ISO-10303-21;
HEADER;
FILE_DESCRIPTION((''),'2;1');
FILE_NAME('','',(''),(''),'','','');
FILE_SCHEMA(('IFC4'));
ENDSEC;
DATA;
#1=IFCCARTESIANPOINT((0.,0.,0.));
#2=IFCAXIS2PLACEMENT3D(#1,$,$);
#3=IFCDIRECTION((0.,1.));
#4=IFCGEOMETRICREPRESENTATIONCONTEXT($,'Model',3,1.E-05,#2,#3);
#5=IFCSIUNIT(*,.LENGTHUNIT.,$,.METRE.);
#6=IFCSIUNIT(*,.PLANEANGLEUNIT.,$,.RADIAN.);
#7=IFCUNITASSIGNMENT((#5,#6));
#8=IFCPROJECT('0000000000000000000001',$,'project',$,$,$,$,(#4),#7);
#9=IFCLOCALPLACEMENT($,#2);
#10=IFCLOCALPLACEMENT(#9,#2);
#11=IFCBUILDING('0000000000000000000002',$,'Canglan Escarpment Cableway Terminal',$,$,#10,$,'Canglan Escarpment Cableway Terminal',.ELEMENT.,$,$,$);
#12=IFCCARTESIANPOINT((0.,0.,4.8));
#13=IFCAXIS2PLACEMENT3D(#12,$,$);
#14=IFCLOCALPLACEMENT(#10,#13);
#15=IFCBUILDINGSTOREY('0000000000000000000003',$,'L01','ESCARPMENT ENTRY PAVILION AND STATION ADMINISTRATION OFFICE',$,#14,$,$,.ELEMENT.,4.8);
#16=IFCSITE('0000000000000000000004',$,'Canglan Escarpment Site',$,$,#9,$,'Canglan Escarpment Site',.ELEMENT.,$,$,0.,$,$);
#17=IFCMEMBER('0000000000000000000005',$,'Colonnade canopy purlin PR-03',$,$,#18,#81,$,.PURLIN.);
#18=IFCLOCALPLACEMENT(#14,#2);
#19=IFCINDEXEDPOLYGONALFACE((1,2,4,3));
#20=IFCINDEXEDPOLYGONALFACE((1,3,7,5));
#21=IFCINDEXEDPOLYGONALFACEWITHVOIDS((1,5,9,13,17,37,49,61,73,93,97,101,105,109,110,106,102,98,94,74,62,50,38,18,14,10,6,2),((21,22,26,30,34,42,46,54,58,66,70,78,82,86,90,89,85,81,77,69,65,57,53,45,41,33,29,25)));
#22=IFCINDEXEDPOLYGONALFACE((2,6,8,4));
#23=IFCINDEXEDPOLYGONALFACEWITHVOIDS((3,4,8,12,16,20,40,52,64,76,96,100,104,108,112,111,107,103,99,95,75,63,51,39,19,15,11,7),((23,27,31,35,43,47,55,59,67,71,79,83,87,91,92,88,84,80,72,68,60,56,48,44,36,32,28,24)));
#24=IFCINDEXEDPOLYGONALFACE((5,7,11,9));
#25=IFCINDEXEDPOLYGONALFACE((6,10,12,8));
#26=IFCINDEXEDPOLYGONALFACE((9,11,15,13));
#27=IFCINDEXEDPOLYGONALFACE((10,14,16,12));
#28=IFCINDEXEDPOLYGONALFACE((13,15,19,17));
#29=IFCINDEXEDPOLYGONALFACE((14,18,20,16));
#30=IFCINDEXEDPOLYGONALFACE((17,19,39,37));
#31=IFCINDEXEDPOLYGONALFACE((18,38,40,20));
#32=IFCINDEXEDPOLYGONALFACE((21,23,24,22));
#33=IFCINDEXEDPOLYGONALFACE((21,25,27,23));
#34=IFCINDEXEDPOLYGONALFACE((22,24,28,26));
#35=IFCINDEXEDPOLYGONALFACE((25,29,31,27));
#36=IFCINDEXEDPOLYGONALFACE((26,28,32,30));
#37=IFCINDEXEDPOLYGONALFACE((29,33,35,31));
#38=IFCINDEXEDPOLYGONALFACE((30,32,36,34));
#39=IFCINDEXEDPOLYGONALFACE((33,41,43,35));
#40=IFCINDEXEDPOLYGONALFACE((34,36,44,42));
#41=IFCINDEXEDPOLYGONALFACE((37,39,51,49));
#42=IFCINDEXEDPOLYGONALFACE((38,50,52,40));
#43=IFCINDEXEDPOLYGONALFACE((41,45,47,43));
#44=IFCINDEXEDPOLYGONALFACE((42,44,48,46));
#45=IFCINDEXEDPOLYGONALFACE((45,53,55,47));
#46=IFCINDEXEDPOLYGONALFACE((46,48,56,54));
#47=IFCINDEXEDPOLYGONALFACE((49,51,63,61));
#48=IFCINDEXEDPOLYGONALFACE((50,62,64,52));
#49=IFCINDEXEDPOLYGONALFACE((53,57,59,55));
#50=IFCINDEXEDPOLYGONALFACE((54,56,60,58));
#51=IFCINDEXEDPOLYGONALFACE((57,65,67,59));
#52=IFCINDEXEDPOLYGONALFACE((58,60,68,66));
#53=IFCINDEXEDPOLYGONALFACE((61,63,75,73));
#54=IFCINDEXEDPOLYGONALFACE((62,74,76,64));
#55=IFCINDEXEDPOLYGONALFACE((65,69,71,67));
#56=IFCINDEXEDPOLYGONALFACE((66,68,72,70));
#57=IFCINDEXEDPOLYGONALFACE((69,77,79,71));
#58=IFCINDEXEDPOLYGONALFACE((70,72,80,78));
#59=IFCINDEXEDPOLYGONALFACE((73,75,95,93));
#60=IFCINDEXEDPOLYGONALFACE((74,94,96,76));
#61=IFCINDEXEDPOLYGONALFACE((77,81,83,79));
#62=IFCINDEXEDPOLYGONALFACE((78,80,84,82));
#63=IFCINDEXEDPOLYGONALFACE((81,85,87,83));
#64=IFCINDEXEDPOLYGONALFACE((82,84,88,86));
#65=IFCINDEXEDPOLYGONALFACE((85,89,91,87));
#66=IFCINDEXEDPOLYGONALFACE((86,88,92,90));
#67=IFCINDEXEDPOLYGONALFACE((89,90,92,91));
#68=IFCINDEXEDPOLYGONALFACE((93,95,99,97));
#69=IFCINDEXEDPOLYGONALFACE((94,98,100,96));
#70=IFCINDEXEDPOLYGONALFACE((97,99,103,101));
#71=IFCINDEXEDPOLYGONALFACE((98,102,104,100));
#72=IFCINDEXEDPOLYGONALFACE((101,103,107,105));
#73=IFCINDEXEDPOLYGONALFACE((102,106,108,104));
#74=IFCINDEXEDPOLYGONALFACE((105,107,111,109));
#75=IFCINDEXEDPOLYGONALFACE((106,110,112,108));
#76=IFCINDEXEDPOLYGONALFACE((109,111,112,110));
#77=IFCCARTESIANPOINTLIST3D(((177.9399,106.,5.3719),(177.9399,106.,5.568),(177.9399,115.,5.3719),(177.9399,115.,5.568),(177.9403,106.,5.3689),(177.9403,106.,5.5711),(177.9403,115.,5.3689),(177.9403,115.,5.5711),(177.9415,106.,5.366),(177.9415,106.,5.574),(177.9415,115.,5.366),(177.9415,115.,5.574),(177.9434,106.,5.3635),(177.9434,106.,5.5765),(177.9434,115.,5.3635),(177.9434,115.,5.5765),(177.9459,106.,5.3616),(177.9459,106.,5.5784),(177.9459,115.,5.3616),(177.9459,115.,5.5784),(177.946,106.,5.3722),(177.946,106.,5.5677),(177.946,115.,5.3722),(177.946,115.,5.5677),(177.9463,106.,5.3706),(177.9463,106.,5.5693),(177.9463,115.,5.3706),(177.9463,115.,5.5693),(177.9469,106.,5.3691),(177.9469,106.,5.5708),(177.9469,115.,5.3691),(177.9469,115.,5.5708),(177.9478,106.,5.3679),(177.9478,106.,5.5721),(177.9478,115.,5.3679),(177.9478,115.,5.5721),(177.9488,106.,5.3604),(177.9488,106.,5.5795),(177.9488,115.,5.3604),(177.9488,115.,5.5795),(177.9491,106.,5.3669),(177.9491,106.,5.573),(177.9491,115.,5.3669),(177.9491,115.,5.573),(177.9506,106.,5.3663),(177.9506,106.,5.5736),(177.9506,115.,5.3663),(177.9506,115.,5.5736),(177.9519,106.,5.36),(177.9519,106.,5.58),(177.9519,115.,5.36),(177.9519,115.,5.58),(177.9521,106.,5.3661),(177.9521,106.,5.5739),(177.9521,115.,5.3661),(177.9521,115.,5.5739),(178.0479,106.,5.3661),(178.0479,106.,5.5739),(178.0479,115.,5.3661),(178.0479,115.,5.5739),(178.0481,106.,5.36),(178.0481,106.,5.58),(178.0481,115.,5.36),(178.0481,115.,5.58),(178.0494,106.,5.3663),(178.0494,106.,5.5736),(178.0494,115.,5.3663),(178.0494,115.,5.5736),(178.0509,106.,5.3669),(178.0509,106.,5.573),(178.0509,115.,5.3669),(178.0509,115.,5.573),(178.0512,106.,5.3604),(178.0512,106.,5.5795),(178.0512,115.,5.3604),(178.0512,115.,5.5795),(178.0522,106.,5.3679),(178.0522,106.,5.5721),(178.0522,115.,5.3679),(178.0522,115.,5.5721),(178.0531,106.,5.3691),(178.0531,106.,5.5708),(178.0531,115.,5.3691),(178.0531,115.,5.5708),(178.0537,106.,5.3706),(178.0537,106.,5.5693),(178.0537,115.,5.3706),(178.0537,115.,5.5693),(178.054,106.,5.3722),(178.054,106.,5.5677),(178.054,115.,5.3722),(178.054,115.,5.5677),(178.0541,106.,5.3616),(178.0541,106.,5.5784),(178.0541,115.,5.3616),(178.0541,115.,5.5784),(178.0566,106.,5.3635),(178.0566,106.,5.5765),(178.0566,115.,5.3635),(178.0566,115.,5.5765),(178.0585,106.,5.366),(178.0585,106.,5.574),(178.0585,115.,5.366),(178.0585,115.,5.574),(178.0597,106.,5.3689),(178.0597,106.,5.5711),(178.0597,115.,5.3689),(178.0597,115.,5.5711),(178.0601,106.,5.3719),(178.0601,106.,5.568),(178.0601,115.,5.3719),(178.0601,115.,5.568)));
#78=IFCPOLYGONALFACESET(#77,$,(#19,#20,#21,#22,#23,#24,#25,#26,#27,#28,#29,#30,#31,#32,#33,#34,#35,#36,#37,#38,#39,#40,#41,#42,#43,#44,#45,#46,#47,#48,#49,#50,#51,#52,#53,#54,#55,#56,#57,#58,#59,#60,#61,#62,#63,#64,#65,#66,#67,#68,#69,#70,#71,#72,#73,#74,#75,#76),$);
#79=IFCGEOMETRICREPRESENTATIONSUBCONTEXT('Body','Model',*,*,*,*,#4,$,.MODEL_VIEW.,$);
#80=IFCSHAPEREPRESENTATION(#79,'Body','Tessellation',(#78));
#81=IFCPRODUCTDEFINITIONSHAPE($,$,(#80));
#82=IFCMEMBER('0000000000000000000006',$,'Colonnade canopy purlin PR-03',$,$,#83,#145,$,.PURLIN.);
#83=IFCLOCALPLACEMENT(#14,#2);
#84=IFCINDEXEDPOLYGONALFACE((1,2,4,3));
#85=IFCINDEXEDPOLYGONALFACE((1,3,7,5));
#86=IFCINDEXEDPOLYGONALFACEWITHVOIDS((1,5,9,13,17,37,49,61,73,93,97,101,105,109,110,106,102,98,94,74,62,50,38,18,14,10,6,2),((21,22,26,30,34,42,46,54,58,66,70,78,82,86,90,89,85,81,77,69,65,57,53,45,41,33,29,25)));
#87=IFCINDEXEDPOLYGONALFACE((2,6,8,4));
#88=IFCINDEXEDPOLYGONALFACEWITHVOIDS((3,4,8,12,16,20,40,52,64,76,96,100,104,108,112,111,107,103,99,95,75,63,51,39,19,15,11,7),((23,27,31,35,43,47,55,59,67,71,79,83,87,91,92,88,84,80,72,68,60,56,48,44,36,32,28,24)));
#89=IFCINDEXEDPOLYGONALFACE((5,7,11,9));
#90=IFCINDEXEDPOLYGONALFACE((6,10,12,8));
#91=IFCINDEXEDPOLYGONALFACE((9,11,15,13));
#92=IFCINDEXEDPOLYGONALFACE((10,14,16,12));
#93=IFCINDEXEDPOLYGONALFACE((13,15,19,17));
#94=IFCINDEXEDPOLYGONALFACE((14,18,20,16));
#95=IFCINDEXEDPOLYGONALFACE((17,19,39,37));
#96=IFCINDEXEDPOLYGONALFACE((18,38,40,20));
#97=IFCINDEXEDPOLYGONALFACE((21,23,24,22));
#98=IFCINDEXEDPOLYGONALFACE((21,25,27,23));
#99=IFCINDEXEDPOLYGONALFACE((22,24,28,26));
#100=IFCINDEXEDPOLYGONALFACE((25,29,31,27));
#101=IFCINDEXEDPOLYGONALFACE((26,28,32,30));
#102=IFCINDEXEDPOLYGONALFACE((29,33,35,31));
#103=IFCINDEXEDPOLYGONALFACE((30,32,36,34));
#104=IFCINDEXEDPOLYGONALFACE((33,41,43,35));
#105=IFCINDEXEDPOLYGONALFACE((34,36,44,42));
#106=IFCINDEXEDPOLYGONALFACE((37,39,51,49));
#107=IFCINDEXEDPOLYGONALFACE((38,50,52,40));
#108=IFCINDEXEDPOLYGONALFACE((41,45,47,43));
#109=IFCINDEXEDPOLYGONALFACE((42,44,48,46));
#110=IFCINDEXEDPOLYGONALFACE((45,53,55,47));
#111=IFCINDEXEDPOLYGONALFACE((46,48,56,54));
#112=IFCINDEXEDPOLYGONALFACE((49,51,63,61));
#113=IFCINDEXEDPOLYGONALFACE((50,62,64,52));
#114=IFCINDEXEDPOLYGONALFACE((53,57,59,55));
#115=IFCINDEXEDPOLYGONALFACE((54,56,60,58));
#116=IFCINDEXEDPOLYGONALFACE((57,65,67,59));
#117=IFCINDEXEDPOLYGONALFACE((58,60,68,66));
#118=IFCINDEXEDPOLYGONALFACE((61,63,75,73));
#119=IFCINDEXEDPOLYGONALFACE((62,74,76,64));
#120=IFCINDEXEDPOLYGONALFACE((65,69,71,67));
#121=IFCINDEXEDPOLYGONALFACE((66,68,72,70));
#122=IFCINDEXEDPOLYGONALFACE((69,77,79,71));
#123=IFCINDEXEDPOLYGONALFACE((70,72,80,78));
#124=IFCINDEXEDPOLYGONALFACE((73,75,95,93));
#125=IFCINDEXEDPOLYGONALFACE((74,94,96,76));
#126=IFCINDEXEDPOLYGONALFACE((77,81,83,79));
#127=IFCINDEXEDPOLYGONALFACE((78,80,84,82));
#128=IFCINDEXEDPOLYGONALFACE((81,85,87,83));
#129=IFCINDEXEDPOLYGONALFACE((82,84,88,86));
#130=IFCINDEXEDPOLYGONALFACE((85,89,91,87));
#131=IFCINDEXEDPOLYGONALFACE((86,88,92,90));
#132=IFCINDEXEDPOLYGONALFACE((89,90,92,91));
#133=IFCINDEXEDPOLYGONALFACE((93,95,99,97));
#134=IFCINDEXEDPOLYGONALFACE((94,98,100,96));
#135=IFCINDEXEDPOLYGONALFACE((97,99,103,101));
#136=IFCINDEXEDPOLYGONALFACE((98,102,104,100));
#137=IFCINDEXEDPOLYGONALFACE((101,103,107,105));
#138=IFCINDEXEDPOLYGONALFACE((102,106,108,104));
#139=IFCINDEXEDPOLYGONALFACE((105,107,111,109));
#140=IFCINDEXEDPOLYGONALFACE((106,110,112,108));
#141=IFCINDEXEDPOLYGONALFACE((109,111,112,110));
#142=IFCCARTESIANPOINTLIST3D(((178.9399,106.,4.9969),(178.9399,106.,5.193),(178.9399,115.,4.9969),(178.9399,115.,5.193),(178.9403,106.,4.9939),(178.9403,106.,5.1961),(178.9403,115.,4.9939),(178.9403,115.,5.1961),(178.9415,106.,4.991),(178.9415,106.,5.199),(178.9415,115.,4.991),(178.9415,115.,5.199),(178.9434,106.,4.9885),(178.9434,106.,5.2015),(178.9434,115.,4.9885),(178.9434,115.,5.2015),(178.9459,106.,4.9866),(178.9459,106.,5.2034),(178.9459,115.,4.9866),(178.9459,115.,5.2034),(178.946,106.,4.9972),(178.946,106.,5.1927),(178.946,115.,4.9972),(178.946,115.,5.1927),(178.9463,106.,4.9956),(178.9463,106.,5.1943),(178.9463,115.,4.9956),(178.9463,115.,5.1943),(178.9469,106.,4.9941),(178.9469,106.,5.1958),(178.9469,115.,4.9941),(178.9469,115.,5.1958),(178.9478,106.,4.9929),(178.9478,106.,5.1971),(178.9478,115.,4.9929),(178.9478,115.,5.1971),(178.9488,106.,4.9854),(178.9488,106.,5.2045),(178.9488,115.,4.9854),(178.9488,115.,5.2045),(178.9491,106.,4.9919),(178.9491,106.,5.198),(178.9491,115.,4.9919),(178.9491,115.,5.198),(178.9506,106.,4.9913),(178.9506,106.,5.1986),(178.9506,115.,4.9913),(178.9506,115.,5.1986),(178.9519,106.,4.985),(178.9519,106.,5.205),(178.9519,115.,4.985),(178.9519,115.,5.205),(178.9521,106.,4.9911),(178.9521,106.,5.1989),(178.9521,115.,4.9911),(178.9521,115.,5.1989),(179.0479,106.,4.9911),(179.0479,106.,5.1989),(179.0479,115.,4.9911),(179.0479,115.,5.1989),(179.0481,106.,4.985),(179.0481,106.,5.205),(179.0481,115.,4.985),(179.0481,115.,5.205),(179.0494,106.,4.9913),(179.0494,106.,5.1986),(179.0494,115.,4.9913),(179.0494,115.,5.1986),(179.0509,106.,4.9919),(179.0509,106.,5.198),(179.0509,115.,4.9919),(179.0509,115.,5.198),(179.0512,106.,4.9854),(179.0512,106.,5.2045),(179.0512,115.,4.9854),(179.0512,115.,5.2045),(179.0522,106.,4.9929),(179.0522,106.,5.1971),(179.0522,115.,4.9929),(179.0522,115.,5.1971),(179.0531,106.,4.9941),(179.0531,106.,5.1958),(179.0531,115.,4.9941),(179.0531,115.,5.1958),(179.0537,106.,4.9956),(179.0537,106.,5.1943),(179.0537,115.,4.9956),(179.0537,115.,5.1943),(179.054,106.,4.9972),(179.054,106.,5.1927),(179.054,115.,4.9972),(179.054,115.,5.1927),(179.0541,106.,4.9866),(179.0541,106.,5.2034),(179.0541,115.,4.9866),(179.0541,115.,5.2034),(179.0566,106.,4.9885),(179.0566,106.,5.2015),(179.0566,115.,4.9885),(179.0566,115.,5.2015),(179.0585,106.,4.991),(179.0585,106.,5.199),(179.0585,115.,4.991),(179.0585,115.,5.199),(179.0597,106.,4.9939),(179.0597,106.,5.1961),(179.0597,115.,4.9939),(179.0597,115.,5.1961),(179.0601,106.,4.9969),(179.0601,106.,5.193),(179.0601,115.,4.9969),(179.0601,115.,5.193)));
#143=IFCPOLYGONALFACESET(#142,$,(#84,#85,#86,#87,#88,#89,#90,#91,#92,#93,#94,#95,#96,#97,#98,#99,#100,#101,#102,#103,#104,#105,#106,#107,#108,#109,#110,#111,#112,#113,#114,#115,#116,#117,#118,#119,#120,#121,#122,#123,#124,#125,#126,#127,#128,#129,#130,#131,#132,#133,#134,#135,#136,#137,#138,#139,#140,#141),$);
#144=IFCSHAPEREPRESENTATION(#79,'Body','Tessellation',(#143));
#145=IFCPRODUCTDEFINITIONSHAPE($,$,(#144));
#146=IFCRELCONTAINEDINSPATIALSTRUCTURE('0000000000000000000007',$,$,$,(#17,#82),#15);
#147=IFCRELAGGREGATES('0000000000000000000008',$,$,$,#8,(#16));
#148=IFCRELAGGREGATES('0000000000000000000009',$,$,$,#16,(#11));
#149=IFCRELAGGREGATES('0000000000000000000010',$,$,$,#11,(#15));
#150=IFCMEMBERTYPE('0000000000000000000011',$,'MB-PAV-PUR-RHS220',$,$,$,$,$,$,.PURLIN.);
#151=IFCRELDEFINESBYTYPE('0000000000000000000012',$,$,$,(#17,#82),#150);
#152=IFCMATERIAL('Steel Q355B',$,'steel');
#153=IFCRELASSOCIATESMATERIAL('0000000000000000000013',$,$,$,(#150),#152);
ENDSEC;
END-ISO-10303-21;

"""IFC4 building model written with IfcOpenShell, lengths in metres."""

from ifc_helpers import new_model, si_unit, direction, frame, origin, origin_2d, place, context, subcontext, project, spatial, hollow_rectangle, extrude, material, material_profile, profile_set, type_object, element, save


model = new_model("IFC4")

# Units and contexts
model_context = context("Model", 3, precision=1e-05, world=origin(), true_north=direction((0.0, 1.0)))
body_context = subcontext(model_context, "Body", "Model", "MODEL_VIEW")
ifc_project = project(units=[si_unit("LENGTHUNIT", "METRE"), si_unit("PLANEANGLEUNIT", "RADIAN")], contexts=[model_context])

# Site, building, storey
site_placement = place(None, origin())
site = spatial("IfcSite", under=ifc_project, at=site_placement, Name="Canglan Escarpment Site", LongName="Canglan Escarpment Site", CompositionType="ELEMENT", RefElevation=0.0)
building_placement = place(site_placement, origin())
building = spatial("IfcBuilding", under=site, at=building_placement, Name="Canglan Escarpment Cableway Terminal", LongName="Canglan Escarpment Cableway Terminal", CompositionType="ELEMENT")
storey_placement = place(building_placement, frame((0.0, 0.0, 4.8)))
storey = spatial("IfcBuildingStorey", under=building, at=storey_placement, Name="L01", Description="ESCARPMENT ENTRY PAVILION AND STATION ADMINISTRATION OFFICE", CompositionType="ELEMENT", Elevation=4.8)

# Members
ifc_material_1 = material(Name="Steel Q355B", Category="steel")
ifc_material_profile_1 = material_profile(ifc_material_1, hollow_rectangle(XDim=0.1201, YDim=0.22, WallThickness=0.0061, InnerFilletRadius=0.0061, OuterFilletRadius=0.012, at=origin_2d()), Name="RHS 220x120x6")
ifc_profile_set_1 = profile_set([ifc_material_profile_1], Name="Steel Q355B")
member_type_1 = type_object("IfcMemberType", Name="MB-PAV-PUR-RHS220", PredefinedType="PURLIN", material=ifc_profile_set_1)
for number, where, z_axis, x_axis, name in (
    (1, (178.0, 106.0, 5.47), (0.0, 1.0, 0.0), (-1.0, 0.0, 0.0), "Colonnade canopy purlin PR-03"),
    (2, (179.0, 106.0, 5.095), (0.0, 1.0, 0.0), (-1.0, 0.0, 0.0), "Colonnade canopy purlin PR-03"),
):
    element("IfcMember", number, at=place(storey_placement, frame(where, z_axis=z_axis, x_axis=x_axis)), inside=storey, type_object=member_type_1, Name=name, PredefinedType="PURLIN", context=body_context, shape_type="SweptSolid", body=[
        extrude(hollow_rectangle(XDim=0.1201, YDim=0.22, WallThickness=0.0061, InnerFilletRadius=0.0061, OuterFilletRadius=0.012, at=origin_2d()), origin(), (0.0, 0.0, 1.0), 9.0),
    ])

save(model, "model.ifc")
